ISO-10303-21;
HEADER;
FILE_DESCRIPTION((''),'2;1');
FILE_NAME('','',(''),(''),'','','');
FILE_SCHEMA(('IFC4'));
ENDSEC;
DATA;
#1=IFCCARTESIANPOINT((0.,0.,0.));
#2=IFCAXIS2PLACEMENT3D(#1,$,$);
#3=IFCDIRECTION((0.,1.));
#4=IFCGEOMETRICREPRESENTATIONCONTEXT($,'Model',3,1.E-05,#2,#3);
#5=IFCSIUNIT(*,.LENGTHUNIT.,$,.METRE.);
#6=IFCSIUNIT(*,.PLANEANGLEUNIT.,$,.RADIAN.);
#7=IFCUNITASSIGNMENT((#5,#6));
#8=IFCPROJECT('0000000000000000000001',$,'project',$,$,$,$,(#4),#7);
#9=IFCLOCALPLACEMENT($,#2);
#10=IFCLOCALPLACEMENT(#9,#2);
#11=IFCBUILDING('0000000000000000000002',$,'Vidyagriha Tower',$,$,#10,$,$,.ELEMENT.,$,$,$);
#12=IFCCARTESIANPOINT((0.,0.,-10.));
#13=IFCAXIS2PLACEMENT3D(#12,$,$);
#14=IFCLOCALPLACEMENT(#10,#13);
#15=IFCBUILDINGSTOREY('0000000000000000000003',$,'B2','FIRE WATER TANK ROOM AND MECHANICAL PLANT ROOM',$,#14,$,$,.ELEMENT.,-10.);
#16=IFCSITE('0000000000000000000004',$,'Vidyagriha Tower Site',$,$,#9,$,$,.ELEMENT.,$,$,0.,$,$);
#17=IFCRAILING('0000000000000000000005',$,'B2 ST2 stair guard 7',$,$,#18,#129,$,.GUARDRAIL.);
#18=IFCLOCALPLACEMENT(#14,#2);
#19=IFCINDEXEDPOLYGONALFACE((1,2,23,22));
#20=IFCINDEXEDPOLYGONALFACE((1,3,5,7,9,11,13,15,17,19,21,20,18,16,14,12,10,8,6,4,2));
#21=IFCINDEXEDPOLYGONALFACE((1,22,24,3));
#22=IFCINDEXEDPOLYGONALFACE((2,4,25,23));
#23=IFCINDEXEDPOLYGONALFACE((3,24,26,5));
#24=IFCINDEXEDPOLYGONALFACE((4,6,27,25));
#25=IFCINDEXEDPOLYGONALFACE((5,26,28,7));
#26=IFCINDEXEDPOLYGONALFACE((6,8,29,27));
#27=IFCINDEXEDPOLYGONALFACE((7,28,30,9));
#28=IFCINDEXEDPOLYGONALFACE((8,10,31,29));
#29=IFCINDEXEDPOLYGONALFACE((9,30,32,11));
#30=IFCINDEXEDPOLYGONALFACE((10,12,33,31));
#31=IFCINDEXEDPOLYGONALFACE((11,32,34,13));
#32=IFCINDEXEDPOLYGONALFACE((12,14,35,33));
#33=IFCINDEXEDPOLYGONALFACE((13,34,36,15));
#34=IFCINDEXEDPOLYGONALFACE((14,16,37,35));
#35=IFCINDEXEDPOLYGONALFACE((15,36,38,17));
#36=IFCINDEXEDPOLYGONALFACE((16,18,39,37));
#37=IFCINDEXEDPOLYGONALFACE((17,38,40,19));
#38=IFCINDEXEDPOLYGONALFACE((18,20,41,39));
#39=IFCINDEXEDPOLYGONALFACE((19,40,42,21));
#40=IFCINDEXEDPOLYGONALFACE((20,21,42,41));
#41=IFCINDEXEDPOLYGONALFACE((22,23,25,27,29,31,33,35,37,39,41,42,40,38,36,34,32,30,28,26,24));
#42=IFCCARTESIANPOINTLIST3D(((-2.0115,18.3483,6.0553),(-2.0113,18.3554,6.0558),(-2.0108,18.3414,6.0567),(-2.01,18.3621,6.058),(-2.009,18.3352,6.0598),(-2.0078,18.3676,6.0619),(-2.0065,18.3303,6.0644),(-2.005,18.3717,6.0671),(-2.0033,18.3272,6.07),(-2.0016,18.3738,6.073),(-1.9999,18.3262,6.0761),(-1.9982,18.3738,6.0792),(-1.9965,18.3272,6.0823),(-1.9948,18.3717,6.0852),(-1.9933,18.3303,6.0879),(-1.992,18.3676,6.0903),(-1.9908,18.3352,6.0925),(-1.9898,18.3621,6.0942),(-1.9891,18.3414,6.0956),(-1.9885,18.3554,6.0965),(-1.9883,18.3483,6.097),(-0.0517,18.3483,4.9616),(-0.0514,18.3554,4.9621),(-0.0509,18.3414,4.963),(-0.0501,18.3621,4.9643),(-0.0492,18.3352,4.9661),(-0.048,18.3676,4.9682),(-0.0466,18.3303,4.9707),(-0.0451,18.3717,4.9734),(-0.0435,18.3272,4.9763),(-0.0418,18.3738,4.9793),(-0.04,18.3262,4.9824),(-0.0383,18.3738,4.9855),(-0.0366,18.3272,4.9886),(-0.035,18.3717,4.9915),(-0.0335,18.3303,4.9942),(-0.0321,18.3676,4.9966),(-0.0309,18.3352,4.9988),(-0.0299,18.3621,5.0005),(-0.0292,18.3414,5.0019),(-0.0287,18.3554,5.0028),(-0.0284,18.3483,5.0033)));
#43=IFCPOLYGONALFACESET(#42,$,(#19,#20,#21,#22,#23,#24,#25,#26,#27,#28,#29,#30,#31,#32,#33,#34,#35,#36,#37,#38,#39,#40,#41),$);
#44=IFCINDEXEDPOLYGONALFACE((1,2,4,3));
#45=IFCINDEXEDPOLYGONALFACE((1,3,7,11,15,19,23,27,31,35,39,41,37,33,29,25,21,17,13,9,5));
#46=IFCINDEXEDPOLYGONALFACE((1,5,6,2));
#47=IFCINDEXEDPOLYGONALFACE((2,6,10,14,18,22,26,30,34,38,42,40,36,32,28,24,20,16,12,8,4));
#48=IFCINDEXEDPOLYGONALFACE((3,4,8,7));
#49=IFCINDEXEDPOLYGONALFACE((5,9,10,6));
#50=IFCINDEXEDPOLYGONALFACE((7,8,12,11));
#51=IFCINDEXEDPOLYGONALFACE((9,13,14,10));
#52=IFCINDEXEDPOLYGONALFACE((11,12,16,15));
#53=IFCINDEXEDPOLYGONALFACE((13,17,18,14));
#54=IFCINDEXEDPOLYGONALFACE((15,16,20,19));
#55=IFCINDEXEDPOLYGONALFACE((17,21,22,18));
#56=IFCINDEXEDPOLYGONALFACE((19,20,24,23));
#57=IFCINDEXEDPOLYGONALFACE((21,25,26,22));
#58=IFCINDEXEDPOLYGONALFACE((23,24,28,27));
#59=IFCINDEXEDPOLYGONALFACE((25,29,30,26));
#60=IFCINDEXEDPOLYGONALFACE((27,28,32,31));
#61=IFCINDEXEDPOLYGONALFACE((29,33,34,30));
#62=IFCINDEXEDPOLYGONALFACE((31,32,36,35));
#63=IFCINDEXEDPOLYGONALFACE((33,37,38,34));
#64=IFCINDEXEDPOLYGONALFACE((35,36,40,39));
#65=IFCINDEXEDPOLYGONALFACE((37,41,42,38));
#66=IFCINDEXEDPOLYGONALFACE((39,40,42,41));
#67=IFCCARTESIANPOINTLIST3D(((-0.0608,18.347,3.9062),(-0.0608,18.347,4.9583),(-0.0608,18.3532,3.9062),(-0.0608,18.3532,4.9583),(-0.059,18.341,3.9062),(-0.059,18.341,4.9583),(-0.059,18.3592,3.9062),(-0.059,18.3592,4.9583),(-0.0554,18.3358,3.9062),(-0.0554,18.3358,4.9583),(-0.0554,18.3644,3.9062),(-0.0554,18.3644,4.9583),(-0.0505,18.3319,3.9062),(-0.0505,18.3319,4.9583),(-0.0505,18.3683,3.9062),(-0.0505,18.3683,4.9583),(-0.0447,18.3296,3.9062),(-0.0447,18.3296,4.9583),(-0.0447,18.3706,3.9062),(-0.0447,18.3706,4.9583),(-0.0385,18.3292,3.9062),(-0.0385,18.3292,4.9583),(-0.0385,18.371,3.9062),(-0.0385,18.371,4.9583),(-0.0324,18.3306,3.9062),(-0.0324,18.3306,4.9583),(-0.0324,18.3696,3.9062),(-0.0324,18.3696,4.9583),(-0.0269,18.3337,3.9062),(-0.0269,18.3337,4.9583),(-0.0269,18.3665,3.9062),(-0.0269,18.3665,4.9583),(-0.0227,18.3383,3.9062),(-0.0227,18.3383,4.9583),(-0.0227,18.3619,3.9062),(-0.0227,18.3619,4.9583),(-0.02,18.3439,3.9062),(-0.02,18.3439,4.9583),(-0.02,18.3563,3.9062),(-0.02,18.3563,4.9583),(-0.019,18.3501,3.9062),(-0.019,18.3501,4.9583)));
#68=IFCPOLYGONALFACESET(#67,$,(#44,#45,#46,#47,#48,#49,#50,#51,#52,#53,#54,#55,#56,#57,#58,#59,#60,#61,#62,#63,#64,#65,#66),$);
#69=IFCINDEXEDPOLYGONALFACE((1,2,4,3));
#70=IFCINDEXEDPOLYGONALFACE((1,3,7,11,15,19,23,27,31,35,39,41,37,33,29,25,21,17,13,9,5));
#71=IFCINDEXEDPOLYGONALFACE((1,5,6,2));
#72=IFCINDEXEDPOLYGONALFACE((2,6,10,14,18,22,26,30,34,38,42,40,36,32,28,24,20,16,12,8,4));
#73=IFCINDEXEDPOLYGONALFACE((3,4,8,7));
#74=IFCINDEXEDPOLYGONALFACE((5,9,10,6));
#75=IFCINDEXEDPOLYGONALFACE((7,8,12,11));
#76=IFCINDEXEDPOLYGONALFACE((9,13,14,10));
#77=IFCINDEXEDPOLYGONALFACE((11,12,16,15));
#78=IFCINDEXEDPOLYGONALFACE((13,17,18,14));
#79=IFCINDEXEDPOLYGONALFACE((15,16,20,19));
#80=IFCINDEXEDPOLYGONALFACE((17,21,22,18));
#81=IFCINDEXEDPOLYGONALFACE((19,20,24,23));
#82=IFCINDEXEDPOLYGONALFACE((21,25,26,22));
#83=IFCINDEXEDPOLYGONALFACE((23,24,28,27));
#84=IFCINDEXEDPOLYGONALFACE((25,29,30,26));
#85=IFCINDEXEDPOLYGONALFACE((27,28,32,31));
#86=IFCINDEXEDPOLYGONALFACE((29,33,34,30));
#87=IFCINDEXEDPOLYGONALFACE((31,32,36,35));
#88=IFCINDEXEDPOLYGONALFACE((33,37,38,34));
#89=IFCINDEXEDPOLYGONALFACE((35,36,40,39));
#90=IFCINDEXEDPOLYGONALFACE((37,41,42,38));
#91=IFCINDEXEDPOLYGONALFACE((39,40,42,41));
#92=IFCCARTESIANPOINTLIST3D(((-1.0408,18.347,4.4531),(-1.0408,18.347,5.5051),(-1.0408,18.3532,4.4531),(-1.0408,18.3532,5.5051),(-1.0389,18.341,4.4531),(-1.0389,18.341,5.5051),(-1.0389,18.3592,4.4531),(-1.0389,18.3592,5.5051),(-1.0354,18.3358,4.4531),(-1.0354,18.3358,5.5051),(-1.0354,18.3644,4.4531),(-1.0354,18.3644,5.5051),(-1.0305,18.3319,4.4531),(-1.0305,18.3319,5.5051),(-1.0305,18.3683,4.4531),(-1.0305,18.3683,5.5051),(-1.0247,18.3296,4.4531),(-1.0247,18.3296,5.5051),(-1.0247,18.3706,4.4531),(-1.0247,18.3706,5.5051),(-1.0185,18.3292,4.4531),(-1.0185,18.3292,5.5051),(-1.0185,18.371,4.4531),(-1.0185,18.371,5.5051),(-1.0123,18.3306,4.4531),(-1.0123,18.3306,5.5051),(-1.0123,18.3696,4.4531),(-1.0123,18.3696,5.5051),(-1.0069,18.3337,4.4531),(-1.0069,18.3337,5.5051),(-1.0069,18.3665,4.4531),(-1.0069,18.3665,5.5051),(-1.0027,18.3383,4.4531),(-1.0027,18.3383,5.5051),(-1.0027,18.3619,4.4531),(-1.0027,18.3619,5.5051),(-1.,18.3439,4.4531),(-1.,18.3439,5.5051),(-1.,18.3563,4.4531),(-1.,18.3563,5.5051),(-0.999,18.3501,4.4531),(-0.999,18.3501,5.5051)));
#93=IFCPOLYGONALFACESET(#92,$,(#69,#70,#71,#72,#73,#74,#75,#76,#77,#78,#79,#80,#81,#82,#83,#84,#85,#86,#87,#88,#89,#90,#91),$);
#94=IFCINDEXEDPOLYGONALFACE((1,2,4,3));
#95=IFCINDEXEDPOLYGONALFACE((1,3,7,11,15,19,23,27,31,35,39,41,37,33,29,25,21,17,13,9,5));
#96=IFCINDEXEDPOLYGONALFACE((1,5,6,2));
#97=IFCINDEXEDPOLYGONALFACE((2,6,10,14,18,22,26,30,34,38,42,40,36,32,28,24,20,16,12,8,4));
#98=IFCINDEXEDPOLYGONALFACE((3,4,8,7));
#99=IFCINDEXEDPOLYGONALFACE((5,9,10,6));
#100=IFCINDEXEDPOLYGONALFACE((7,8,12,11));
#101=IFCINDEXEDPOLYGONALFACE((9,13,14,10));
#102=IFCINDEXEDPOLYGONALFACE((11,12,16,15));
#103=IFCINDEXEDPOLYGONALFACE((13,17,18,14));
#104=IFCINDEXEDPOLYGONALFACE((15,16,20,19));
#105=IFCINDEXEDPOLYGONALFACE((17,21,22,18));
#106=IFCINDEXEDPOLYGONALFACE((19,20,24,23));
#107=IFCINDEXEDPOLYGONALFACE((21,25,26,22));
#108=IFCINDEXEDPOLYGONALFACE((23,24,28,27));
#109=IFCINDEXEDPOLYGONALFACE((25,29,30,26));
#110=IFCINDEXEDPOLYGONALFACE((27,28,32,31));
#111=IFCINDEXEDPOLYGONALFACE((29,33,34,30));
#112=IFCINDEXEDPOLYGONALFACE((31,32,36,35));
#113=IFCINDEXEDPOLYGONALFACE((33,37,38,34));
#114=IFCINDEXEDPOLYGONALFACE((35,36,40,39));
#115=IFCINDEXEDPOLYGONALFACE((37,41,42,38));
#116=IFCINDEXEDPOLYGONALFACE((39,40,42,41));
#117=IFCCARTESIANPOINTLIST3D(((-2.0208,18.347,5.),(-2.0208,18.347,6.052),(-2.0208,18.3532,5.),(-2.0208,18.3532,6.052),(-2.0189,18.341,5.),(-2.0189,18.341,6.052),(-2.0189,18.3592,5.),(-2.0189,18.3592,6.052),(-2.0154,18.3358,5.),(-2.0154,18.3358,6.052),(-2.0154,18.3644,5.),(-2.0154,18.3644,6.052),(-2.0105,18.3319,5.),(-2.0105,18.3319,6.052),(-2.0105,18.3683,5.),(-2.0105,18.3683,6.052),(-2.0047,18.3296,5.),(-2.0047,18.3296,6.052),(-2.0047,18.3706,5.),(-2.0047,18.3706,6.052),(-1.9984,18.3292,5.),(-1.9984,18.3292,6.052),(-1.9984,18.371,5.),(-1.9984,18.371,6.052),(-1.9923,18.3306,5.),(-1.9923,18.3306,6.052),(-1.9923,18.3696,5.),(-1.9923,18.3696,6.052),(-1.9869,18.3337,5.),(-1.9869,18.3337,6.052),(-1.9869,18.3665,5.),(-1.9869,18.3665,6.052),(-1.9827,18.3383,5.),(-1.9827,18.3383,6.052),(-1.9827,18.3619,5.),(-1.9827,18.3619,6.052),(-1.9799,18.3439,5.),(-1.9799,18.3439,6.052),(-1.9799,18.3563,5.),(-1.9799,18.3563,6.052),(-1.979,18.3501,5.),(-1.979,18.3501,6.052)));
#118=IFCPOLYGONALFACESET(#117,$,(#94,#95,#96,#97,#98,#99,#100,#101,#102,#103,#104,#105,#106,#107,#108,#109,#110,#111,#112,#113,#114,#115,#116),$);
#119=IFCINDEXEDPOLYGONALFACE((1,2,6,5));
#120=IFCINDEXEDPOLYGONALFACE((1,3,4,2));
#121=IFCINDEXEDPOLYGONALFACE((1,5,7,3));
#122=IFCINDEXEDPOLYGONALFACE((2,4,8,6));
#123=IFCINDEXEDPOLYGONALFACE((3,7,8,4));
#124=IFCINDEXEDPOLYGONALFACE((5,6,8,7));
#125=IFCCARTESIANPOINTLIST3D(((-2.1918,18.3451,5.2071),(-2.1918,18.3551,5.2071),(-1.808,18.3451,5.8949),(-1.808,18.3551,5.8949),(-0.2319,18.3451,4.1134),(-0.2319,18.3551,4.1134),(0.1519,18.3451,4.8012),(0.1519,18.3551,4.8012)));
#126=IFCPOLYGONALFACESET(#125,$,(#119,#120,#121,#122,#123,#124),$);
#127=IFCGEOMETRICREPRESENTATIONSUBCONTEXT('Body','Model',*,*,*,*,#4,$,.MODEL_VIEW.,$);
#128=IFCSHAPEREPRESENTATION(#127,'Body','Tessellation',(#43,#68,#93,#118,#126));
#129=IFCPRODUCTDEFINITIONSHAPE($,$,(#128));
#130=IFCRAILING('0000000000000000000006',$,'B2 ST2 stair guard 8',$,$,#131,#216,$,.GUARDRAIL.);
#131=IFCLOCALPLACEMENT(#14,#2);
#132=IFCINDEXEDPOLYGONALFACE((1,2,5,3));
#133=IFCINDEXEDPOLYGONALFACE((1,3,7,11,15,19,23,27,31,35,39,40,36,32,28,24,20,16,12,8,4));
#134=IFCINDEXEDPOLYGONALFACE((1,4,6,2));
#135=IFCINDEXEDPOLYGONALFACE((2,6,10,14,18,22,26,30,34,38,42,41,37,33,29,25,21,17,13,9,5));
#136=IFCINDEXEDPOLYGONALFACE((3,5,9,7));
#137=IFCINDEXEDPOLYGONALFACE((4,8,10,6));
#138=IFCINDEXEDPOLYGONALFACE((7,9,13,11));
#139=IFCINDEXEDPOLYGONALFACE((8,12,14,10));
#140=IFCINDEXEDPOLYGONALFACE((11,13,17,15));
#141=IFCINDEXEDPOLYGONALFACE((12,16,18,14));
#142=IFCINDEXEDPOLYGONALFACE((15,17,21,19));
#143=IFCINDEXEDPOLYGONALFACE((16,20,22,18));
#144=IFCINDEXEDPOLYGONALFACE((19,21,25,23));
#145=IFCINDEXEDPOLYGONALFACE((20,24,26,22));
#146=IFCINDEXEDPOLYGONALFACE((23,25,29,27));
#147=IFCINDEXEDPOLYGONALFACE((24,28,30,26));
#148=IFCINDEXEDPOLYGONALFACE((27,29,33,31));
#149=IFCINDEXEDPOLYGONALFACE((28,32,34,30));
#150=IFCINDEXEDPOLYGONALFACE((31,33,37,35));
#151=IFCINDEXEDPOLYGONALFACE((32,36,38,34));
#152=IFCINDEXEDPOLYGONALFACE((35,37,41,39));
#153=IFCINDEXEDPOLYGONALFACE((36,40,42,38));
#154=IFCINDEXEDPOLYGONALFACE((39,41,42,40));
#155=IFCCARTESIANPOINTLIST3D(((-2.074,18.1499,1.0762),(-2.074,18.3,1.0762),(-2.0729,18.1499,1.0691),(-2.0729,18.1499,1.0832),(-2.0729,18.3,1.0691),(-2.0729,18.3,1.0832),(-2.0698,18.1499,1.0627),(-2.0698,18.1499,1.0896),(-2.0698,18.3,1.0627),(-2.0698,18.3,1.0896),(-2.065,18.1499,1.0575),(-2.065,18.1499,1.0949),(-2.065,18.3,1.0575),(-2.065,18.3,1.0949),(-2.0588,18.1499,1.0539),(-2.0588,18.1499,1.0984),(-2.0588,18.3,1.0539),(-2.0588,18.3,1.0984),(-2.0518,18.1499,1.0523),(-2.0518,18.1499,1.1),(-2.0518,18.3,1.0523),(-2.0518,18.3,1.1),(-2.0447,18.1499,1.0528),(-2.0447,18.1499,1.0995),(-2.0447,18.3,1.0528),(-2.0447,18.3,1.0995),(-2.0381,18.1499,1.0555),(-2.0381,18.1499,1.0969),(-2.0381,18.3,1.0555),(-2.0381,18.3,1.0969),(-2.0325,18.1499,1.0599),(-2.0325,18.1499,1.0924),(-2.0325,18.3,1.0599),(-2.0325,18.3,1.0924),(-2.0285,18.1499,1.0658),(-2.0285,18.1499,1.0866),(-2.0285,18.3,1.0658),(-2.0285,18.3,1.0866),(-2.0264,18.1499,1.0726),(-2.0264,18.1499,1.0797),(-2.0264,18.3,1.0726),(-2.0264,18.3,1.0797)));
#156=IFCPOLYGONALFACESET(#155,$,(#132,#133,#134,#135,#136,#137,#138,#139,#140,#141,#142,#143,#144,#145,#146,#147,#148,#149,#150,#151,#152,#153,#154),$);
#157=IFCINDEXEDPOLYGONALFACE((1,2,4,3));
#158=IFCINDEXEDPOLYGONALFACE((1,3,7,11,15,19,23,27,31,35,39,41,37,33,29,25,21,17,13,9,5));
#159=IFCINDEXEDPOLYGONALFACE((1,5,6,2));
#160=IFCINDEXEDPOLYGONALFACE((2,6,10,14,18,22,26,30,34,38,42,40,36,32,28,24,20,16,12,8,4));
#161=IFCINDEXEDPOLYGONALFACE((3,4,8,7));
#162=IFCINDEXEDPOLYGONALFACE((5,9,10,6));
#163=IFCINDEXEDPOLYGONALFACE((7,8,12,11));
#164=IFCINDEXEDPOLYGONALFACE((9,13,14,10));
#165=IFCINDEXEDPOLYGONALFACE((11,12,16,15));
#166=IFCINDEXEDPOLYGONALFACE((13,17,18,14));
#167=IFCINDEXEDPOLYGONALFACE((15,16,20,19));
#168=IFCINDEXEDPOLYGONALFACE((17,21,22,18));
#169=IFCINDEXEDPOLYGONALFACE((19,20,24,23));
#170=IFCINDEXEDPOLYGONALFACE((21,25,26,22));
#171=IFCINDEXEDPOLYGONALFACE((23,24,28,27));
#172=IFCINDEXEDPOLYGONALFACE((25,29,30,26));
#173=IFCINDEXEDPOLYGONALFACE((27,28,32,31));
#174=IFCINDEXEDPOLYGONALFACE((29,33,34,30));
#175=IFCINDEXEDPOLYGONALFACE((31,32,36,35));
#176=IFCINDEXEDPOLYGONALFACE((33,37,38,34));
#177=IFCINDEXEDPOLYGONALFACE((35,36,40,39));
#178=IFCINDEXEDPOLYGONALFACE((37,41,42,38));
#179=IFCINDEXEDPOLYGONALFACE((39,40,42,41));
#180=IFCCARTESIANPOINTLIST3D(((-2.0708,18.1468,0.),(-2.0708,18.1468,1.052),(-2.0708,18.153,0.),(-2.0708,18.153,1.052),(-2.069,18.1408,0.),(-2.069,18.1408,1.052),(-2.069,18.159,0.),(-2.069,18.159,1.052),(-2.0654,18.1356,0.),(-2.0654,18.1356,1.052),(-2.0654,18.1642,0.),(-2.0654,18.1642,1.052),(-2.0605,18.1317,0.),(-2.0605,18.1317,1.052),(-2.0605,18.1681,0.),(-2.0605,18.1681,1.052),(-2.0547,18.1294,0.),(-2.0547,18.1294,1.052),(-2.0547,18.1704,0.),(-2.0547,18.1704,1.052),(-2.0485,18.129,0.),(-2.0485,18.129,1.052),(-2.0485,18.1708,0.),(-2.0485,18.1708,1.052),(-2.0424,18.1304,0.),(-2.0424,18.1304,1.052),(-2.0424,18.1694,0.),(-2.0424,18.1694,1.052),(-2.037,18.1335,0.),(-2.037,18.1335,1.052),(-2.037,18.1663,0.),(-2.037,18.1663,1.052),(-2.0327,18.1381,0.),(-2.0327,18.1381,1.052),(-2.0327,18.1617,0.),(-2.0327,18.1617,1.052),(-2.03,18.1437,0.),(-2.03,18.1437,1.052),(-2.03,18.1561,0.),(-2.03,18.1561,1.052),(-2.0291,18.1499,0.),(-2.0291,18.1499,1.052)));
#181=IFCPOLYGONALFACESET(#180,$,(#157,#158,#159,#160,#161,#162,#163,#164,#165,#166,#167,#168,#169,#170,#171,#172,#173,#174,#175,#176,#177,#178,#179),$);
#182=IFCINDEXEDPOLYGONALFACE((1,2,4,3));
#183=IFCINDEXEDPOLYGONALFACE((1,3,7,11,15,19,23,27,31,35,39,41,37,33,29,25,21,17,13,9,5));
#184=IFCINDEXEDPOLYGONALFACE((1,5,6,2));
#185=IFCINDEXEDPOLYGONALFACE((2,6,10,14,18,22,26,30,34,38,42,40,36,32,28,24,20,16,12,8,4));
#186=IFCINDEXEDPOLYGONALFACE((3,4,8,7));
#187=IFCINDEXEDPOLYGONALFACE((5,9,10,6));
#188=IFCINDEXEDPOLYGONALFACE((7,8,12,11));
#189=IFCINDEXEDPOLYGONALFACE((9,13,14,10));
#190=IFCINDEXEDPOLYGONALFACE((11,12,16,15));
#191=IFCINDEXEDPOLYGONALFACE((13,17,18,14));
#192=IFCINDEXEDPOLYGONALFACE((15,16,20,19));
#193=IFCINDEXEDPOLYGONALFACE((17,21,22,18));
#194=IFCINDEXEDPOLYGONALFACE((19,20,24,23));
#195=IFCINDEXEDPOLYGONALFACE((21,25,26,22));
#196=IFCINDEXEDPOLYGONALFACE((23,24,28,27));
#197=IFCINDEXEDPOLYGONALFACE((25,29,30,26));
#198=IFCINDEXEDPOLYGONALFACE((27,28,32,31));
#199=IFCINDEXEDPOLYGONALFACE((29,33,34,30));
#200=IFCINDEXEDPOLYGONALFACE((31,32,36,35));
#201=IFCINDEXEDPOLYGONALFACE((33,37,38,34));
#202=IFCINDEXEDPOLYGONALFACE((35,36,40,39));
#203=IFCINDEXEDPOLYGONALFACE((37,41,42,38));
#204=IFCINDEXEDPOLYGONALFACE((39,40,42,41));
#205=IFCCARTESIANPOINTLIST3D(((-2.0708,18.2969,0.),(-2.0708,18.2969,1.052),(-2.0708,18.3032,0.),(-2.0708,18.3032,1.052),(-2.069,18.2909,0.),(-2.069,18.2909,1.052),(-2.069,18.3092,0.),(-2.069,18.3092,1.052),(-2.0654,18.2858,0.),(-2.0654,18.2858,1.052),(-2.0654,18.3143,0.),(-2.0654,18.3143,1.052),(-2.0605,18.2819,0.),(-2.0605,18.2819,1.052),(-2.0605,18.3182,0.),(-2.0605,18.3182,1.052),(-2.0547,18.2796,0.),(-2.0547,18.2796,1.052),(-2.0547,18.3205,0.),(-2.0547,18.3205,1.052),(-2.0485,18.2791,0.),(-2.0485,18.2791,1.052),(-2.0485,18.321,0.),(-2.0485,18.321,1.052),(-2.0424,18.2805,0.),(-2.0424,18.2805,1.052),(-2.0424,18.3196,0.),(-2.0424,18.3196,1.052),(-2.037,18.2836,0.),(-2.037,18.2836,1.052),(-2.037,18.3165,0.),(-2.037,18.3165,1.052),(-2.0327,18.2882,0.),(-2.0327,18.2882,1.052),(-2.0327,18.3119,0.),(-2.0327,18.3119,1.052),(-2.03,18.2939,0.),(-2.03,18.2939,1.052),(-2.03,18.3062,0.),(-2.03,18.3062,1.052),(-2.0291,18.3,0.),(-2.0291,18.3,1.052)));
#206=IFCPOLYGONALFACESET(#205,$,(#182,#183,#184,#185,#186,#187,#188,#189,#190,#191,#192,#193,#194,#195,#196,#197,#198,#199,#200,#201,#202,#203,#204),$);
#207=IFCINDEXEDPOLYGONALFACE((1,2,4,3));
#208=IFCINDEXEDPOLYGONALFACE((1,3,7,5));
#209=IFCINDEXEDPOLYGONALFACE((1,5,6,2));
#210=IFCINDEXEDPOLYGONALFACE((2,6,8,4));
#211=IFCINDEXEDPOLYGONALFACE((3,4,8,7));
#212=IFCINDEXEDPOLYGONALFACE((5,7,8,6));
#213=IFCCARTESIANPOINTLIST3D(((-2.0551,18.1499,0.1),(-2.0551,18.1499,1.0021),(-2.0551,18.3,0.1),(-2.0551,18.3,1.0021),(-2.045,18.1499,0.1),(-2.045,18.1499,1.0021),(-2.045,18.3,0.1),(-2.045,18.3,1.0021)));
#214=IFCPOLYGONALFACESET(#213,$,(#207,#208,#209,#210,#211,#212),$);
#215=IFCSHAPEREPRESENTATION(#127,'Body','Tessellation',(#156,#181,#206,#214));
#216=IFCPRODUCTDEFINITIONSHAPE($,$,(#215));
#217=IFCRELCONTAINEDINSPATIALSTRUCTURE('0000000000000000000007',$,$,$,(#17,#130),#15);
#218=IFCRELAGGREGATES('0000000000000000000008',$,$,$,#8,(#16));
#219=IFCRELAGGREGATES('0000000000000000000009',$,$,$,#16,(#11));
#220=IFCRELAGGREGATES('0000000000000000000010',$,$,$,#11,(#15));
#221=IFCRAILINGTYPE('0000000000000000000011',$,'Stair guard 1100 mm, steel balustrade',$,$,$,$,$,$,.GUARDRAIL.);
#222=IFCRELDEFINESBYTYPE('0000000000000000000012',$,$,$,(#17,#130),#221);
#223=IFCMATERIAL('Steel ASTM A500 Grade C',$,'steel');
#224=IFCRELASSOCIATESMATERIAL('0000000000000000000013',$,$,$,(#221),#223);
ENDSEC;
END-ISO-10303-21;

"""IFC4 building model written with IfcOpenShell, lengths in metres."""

from ifc_helpers import new_model, si_unit, direction, frame, origin, origin_2d, place, context, subcontext, project, spatial, rectangle, circle, extrude, material, type_object, element, save


model = new_model("IFC4")

# Units and contexts
model_context = context("Model", 3, precision=1e-05, world=origin(), true_north=direction((0.0, 1.0)))
body_context = subcontext(model_context, "Body", "Model", "MODEL_VIEW")
ifc_project = project(units=[si_unit("LENGTHUNIT", "METRE"), si_unit("PLANEANGLEUNIT", "RADIAN")], contexts=[model_context])

# Site, building, storey
site_placement = place(None, origin())
site = spatial("IfcSite", under=ifc_project, at=site_placement, Name="Vidyagriha Tower Site", CompositionType="ELEMENT", RefElevation=0.0)
building_placement = place(site_placement, origin())
building = spatial("IfcBuilding", under=site, at=building_placement, Name="Vidyagriha Tower", CompositionType="ELEMENT")
storey_placement = place(building_placement, frame((0.0, 0.0, -10.0)))
storey = spatial("IfcBuildingStorey", under=building, at=storey_placement, Name="B2", Description="FIRE WATER TANK ROOM AND MECHANICAL PLANT ROOM", CompositionType="ELEMENT", Elevation=-10.0)

# Railings
ifc_material_1 = material(Name="Steel ASTM A500 Grade C", Category="steel")
railing_type_1 = type_object("IfcRailingType", Name="Stair guard 1100 mm, steel balustrade", PredefinedType="GUARDRAIL", material=ifc_material_1)
railing_1_placement = place(storey_placement, frame((-0.04, 18.3501, 3.9062)))
element("IfcRailing", 1, at=railing_1_placement, inside=storey, type_object=railing_type_1, Name="B2 ST2 stair guard 7", PredefinedType="GUARDRAIL", context=body_context, shape_type="SweptSolid", body=[
    extrude(circle(Radius=0.0239, at=origin_2d()), frame((0.0, 0.0, 1.0762), z_axis=(-0.873232, 0.0, 0.487304), x_axis=(0.0, -1.0, 0.0)), (0.0, 0.0, 1.0), 2.2444),
    extrude(circle(Radius=0.021, at=origin_2d()), origin(), (0.0, 0.0, 1.0), 1.052),
    extrude(circle(Radius=0.021, at=origin_2d()), frame((-0.98, 0.0, 0.5469)), (0.0, 0.0, 1.0), 1.052),
    extrude(circle(Radius=0.021, at=origin_2d()), frame((-1.96, 0.0, 1.0938)), (0.0, 0.0, 1.0), 1.052),
    extrude(rectangle(XDim=0.01, YDim=0.7876, at=origin_2d()), frame((0.0, 0.0, 0.551), z_axis=(-0.873232, 0.0, 0.487304), x_axis=(0.0, -1.0, 0.0)), (0.0, 0.0, 1.0), 2.2444),
])
railing_2_placement = place(storey_placement, frame((-2.05, 18.1499, 0.0)))
element("IfcRailing", 2, at=railing_2_placement, inside=storey, type_object=railing_type_1, Name="B2 ST2 stair guard 8", PredefinedType="GUARDRAIL", context=body_context, shape_type="SweptSolid", body=[
    extrude(circle(Radius=0.0239, at=origin_2d()), frame((0.0, 0.0, 1.0762), z_axis=(0.0, 1.0, 0.0), x_axis=(-1.0, 0.0, 0.0)), (0.0, 0.0, 1.0), 0.1501),
    extrude(circle(Radius=0.021, at=origin_2d()), origin(), (0.0, 0.0, 1.0), 1.052),
    extrude(circle(Radius=0.021, at=origin_2d()), frame((0.0, 0.1501, 0.0)), (0.0, 0.0, 1.0), 1.052),
    extrude(rectangle(XDim=0.01, YDim=0.9021, at=origin_2d()), frame((0.0, 0.0, 0.551), z_axis=(0.0, 1.0, 0.0), x_axis=(-1.0, 0.0, 0.0)), (0.0, 0.0, 1.0), 0.1501),
])

save(model, "model.ifc")
